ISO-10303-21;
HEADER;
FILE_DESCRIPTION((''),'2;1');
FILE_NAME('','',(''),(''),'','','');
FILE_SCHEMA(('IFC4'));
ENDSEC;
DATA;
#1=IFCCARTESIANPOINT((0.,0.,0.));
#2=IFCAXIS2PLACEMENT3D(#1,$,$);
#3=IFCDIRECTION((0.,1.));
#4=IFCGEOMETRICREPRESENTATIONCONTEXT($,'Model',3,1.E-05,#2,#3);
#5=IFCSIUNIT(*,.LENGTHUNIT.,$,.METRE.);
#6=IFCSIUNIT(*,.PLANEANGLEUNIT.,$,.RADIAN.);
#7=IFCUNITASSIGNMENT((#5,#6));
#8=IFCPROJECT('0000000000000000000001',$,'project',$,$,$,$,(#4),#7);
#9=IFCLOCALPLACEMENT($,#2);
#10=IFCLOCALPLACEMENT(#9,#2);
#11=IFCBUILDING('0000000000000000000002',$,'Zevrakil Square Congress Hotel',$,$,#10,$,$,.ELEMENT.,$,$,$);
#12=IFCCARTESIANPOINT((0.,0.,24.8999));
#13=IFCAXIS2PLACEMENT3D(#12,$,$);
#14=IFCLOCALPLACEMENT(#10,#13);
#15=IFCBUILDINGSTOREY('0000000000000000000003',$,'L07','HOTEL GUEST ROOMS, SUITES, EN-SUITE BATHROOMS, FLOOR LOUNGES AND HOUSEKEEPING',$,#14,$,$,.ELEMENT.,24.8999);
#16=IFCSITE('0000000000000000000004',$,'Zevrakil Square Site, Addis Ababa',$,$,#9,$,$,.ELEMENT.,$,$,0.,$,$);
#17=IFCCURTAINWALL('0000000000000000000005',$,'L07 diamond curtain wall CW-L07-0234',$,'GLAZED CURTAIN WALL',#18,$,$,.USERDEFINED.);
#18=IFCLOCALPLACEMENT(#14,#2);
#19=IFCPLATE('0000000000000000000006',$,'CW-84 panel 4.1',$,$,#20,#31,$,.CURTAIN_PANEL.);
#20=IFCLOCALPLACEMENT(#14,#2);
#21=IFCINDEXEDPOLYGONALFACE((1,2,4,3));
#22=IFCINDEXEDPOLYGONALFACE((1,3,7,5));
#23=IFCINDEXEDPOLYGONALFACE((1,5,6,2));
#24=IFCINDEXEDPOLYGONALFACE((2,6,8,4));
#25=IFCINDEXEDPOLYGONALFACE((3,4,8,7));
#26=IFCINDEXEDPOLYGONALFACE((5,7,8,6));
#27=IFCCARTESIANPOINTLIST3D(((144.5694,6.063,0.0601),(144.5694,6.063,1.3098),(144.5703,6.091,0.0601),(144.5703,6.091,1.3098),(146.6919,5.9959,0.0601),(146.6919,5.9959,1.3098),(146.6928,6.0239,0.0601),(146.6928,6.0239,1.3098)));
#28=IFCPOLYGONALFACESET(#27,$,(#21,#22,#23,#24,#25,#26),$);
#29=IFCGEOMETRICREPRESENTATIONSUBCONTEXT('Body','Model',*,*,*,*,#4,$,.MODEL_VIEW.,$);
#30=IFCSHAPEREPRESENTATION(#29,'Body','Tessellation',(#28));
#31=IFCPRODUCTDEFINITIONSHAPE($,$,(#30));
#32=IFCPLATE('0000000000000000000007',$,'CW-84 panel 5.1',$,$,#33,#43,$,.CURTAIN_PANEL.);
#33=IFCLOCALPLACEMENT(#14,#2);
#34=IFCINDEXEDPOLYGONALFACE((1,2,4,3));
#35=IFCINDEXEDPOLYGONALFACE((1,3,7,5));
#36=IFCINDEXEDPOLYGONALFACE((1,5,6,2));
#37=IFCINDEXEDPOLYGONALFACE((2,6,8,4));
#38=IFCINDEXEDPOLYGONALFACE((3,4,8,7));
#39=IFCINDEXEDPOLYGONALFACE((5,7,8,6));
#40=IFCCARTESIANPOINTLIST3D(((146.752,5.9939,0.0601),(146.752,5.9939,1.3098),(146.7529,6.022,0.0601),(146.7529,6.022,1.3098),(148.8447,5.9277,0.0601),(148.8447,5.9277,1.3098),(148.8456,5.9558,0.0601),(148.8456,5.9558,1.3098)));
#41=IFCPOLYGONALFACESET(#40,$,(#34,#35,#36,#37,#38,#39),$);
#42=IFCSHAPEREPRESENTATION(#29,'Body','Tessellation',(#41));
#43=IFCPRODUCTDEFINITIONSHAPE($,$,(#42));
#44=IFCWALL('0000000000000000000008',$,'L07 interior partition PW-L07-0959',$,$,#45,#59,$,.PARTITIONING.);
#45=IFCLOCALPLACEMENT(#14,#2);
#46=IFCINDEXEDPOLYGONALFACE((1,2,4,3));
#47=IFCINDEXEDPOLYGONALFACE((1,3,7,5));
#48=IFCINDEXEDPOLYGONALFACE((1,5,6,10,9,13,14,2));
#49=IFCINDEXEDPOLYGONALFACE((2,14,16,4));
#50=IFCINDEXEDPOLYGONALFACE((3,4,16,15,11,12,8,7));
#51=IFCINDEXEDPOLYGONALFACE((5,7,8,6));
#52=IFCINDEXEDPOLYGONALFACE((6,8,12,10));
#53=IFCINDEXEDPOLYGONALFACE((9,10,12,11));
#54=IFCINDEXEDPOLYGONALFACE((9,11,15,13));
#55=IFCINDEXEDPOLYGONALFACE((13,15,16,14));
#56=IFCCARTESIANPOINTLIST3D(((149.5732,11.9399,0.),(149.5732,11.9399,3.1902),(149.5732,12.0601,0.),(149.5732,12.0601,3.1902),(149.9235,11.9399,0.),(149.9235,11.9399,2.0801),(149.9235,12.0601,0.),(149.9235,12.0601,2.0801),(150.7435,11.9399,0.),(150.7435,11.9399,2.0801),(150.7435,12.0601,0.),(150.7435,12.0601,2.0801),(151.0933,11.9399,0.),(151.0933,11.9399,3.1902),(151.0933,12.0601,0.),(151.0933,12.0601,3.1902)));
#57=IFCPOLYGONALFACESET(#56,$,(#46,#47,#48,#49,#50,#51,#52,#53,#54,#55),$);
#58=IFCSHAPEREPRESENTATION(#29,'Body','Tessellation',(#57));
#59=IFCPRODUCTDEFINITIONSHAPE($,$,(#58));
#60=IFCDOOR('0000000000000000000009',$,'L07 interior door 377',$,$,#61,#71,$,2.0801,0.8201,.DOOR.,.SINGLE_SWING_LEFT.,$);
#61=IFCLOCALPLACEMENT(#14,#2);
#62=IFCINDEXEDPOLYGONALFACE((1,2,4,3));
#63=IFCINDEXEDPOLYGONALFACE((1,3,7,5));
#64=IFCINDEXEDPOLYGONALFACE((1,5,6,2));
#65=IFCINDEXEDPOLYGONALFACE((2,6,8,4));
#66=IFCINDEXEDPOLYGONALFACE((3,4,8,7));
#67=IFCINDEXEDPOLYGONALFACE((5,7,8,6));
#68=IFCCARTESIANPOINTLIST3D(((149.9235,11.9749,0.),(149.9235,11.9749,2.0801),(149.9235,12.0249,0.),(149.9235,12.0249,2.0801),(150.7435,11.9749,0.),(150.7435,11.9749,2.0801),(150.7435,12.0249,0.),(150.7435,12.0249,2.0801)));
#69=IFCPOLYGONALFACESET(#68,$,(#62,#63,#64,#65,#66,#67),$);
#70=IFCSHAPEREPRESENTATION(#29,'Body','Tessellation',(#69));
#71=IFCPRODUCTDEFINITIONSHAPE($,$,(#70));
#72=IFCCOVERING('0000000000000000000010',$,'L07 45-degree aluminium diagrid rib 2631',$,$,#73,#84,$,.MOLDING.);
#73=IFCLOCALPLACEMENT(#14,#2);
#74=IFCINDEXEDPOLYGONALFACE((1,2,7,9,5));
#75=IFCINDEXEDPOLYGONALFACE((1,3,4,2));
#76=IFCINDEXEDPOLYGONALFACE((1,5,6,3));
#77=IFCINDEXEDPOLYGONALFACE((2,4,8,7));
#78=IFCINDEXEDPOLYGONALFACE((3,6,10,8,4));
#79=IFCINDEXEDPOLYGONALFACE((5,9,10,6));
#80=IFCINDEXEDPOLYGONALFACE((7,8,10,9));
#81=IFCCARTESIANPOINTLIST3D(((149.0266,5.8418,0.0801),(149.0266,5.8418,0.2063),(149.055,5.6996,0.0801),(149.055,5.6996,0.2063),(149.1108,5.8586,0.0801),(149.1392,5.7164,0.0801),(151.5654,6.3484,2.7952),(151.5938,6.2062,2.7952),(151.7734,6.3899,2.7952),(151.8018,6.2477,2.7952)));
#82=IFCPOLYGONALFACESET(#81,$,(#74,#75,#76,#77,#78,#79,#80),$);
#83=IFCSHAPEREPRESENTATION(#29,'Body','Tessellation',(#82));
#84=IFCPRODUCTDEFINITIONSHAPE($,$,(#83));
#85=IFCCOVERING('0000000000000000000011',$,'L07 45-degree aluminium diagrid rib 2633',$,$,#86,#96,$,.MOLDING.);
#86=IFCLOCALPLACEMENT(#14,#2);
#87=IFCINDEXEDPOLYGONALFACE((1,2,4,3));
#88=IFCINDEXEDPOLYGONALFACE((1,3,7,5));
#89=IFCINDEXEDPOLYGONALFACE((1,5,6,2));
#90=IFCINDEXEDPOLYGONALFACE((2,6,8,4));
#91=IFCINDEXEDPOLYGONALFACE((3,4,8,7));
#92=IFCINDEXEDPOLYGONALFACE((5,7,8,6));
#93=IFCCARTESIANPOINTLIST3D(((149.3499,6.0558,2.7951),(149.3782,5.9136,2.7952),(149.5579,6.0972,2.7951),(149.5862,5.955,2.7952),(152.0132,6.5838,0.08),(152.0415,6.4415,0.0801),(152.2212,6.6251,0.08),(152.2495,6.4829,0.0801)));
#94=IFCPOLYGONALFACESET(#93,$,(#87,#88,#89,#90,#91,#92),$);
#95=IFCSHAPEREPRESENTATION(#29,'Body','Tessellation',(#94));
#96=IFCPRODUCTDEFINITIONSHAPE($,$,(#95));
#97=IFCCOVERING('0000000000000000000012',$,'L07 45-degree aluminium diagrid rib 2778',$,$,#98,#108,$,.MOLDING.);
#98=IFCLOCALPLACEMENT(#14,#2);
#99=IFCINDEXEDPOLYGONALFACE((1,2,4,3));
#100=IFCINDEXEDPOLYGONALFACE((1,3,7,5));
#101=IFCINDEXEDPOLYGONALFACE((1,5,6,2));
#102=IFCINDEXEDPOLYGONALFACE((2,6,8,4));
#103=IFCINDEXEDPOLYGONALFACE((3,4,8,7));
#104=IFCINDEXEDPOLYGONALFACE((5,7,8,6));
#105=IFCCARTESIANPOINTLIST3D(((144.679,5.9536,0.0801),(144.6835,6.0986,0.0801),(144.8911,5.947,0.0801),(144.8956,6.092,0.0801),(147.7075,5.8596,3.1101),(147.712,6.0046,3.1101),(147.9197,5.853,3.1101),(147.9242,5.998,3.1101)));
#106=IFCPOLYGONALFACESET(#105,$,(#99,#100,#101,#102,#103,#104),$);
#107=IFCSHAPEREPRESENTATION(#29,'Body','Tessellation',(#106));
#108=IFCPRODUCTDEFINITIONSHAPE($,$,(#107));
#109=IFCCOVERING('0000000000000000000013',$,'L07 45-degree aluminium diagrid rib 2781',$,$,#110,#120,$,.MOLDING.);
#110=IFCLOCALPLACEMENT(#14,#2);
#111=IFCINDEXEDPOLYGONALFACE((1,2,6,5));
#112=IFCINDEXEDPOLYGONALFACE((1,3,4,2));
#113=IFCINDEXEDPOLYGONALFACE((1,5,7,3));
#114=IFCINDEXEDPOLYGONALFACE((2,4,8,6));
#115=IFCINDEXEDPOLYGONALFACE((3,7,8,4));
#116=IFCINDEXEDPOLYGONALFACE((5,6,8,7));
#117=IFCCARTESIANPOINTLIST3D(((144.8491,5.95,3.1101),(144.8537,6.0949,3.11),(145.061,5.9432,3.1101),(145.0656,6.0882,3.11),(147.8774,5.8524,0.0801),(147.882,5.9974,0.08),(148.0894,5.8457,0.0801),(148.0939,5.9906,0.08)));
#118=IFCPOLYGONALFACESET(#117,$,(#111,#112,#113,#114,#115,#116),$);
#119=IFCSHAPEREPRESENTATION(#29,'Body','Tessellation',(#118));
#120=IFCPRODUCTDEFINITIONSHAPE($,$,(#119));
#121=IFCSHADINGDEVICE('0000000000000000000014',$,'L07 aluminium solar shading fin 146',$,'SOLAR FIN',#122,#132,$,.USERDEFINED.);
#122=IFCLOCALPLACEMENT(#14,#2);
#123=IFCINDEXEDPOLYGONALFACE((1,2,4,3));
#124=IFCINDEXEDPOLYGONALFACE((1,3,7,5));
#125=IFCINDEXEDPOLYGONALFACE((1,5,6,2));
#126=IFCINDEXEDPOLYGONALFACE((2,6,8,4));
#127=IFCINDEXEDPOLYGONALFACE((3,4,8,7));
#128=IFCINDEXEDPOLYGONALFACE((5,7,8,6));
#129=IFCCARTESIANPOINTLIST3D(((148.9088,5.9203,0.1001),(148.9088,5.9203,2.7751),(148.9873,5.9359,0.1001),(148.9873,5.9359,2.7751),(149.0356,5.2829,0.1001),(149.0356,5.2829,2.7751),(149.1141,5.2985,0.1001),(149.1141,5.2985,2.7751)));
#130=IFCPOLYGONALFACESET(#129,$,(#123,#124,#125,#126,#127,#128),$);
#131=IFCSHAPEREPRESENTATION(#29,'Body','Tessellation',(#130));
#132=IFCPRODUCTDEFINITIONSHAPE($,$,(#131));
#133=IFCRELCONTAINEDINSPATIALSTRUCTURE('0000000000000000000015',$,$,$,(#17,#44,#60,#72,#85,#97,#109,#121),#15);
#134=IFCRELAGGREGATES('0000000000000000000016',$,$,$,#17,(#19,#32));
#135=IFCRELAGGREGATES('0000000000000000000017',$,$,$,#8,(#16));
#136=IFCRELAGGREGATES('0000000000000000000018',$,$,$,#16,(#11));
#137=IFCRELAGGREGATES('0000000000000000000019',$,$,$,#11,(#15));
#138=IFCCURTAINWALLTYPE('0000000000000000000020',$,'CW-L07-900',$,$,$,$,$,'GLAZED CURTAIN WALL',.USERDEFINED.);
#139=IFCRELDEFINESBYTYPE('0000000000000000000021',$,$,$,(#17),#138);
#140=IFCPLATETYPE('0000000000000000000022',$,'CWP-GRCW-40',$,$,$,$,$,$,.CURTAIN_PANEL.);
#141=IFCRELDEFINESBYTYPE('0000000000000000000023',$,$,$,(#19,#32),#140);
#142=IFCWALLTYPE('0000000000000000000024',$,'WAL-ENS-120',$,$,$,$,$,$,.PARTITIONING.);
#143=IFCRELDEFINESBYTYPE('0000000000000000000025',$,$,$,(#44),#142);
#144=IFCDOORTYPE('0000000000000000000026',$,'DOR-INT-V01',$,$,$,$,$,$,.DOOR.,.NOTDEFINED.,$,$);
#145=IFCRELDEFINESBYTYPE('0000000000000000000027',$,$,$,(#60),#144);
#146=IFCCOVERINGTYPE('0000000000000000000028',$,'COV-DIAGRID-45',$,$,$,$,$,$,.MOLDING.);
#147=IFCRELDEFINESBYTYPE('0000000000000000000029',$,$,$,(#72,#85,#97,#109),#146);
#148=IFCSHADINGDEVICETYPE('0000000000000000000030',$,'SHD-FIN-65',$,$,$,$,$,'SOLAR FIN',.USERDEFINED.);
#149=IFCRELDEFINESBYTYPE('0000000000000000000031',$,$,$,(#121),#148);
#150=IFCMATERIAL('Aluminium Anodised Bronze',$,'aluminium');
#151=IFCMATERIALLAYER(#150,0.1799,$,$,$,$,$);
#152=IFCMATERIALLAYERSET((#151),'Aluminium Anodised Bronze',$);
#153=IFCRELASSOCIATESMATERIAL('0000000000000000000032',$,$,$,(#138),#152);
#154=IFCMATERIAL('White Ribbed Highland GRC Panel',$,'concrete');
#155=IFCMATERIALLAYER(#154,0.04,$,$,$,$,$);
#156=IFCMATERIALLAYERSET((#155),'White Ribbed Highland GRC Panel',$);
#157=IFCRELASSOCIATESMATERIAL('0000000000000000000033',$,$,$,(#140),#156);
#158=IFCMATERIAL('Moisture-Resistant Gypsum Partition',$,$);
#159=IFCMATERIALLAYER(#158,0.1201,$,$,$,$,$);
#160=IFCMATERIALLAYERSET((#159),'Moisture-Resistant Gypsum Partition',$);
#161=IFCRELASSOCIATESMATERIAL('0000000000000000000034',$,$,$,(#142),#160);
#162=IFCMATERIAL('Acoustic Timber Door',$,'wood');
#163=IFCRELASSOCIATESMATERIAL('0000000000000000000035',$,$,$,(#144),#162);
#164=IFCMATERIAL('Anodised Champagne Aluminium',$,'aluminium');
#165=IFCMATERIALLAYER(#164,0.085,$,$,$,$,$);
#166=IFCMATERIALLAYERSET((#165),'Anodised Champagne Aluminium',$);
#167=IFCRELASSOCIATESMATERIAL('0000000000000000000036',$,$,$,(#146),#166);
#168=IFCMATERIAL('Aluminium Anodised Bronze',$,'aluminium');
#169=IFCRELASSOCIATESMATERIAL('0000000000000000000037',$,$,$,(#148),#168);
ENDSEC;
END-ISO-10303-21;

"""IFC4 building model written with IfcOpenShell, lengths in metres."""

from ifc_helpers import new_model, si_unit, direction, frame, frame_2d, origin, origin_2d, place, context, subcontext, project, spatial, polyline, rectangle, outline, extrude, material, layer, layer_set, type_object, element, fill, aggregate, save


model = new_model("IFC4")

# Units and contexts
model_context = context("Model", 3, precision=1e-05, world=origin(), true_north=direction((0.0, 1.0)))
body_context = subcontext(model_context, "Body", "Model", "MODEL_VIEW")
ifc_project = project(units=[si_unit("LENGTHUNIT", "METRE"), si_unit("PLANEANGLEUNIT", "RADIAN")], contexts=[model_context])

# Site, building, storey
site_placement = place(None, origin())
site = spatial("IfcSite", under=ifc_project, at=site_placement, Name="Zevrakil Square Site, Addis Ababa", CompositionType="ELEMENT", RefElevation=0.0)
building_placement = place(site_placement, origin())
building = spatial("IfcBuilding", under=site, at=building_placement, Name="Zevrakil Square Congress Hotel", CompositionType="ELEMENT")
storey_placement = place(building_placement, frame((0.0, 0.0, 24.8999)))
storey = spatial("IfcBuildingStorey", under=building, at=storey_placement, Name="L07", Description="HOTEL GUEST ROOMS, SUITES, EN-SUITE BATHROOMS, FLOOR LOUNGES AND HOUSEKEEPING", CompositionType="ELEMENT", Elevation=24.8999)

# Curtain wall
ifc_material_1 = material(Name="Aluminium Anodised Bronze", Category="aluminium")
ifc_layer_1 = layer(ifc_material_1, 0.1799)
ifc_layer_set_1 = layer_set([ifc_layer_1], Name="Aluminium Anodised Bronze")
curtain_wall_type_1 = type_object("IfcCurtainWallType", Name="CW-L07-900", ElementType="GLAZED CURTAIN WALL", PredefinedType="USERDEFINED", material=ifc_layer_set_1)
curtain_wall_1_placement = place(storey_placement, origin())
curtain_wall_1 = element("IfcCurtainWall", 1, at=curtain_wall_1_placement, inside=storey, type_object=curtain_wall_type_1, Name="L07 diamond curtain wall CW-L07-0234", ObjectType="GLAZED CURTAIN WALL", PredefinedType="USERDEFINED")

# Plates
ifc_material_2 = material(Name="White Ribbed Highland GRC Panel", Category="concrete")
ifc_layer_2 = layer(ifc_material_2, 0.04)
ifc_layer_set_2 = layer_set([ifc_layer_2], Name="White Ribbed Highland GRC Panel")
plate_type_1 = type_object("IfcPlateType", Name="CWP-GRCW-40", PredefinedType="CURTAIN_PANEL", material=ifc_layer_set_2)
plate_1_placement = place(storey_placement, frame((145.6311, 6.0435, 0.0601), z_axis=(0.0, 0.0, 1.0), x_axis=(0.999501, -0.031598, 0.0)))
plate_1 = element("IfcPlate", 2, at=plate_1_placement, type_object=plate_type_1, Name="CW-84 panel 4.1", PredefinedType="CURTAIN_PANEL", context=body_context, shape_type="SweptSolid", body=[
    extrude(rectangle(XDim=2.1235, YDim=0.0281, at=origin_2d()), origin(), (0.0, 0.0, 1.0), 1.2498),
])
plate_2_placement = place(storey_placement, frame((147.7988, 5.9749, 0.0601), z_axis=(0.0, 0.0, 1.0), x_axis=(0.999501, -0.031598, 0.0)))
plate_2 = element("IfcPlate", 3, at=plate_2_placement, type_object=plate_type_1, Name="CW-84 panel 5.1", PredefinedType="CURTAIN_PANEL", context=body_context, shape_type="SweptSolid", body=[
    extrude(rectangle(XDim=2.0938, YDim=0.0281, at=origin_2d()), origin(), (0.0, 0.0, 1.0), 1.2498),
])
aggregate(curtain_wall_1, [plate_1, plate_2])

# Wall, opening, door
ifc_material_3 = material(Name="Moisture-Resistant Gypsum Partition")
ifc_layer_3 = layer(ifc_material_3, 0.1201)
ifc_layer_set_3 = layer_set([ifc_layer_3], Name="Moisture-Resistant Gypsum Partition")
wall_type = type_object("IfcWallType", Name="WAL-ENS-120", PredefinedType="PARTITIONING", material=ifc_layer_set_3)
wall_placement = place(storey_placement, frame((149.5732, 12.0, 0.0), z_axis=(0.0, 0.0, 1.0), x_axis=(1.0, 0.0, 0.0)))
wall = element("IfcWall", 4, at=wall_placement, inside=storey, type_object=wall_type, Name="L07 interior partition PW-L07-0959", PredefinedType="PARTITIONING", context=body_context, shape_type="SweptSolid", body=[
    extrude(rectangle(XDim=1.52, YDim=0.1201, at=frame_2d((0.76, 0.0))), origin(), (0.0, 0.0, 1.0), 3.1902),
])
opening_placement = place(wall_placement, frame((0.3501, 0.0, 0.0)))
opening = element("IfcOpeningElement", 5, at=opening_placement, cuts=wall, PredefinedType="OPENING", context=body_context, shape_type="SweptSolid", body=[
    extrude(rectangle(XDim=0.8201, YDim=2.0801, at=frame_2d((0.4102, 1.04))), frame((0.0, 0.0701, 0.0), z_axis=(0.0, -1.0, 0.0), x_axis=(1.0, 0.0, 0.0)), (0.0, 0.0, 1.0), 0.1401),
])
ifc_material_4 = material(Name="Acoustic Timber Door", Category="wood")
door_type = type_object("IfcDoorType", Name="DOR-INT-V01", OperationType="NOTDEFINED", PredefinedType="DOOR", material=ifc_material_4)
door_placement = place(opening_placement, origin())
door = element("IfcDoor", 6, at=door_placement, inside=storey, type_object=door_type, Name="L07 interior door 377", OperationType="SINGLE_SWING_LEFT", OverallHeight=2.0801, OverallWidth=0.8201, PredefinedType="DOOR", context=body_context, shape_type="SweptSolid", body=[
    extrude(rectangle(XDim=0.8201, YDim=2.0801, at=frame_2d((0.4102, 1.04))), frame((0.0, 0.0249, 0.0), z_axis=(0.0, -1.0, 0.0), x_axis=(1.0, 0.0, 0.0)), (0.0, 0.0, 1.0), 0.05),
])
fill(opening, door)

# Coverings
ifc_material_5 = material(Name="Anodised Champagne Aluminium", Category="aluminium")
ifc_layer_4 = layer(ifc_material_5, 0.085)
ifc_layer_set_4 = layer_set([ifc_layer_4], Name="Anodised Champagne Aluminium")
covering_type = type_object("IfcCoveringType", Name="COV-DIAGRID-45", PredefinedType="MOLDING", material=ifc_layer_set_4)
covering_1_placement = place(storey_placement, frame((149.1108, 5.8586, 0.0801), z_axis=(-0.195766, 0.980651, 0.00009), x_axis=(-0.980651, -0.195766, 0.0)))
element("IfcCovering", 7, at=covering_1_placement, inside=storey, type_object=covering_type, Name="L07 45-degree aluminium diagrid rib 2631", PredefinedType="MOLDING", context=body_context, shape_type="SweptSolid", body=[
    extrude(outline(polyline([(0.0, 0.0), (0.0859, 0.0), (0.0859, 0.1262), (-2.503, 2.7151), (-2.7151, 2.7151), (0.0, 0.0)])), origin(), (0.0, 0.0, -1.0), 0.145),
])
covering_2_placement = place(storey_placement, frame((149.3782, 5.9136, 2.7952), z_axis=(0.19512, -0.980779, 0.000686), x_axis=(0.980779, 0.19512, 0.0)))
element("IfcCovering", 8, at=covering_2_placement, inside=storey, type_object=covering_type, Name="L07 45-degree aluminium diagrid rib 2633", PredefinedType="MOLDING", context=body_context, shape_type="SweptSolid", body=[
    extrude(outline(polyline([(0.0, 0.0), (0.2121, 0.0), (2.9272, -2.7151), (2.7151, -2.7151), (0.0, 0.0)])), origin(), (0.0, 0.0, -1.0), 0.145),
])
covering_3_placement = place(storey_placement, frame((144.8911, 5.947, 0.0801), z_axis=(-0.031055, -0.999518, 0.000034), x_axis=(-0.999518, 0.031055, 0.0)))
element("IfcCovering", 9, at=covering_3_placement, inside=storey, type_object=covering_type, Name="L07 45-degree aluminium diagrid rib 2778", PredefinedType="MOLDING", context=body_context, shape_type="SweptSolid", body=[
    extrude(outline(polyline([(0.0, 0.0), (0.2123, 0.0), (-2.8178, -3.03), (-3.03, -3.03), (0.0, 0.0)])), origin(), (0.0, 0.0, -1.0), 0.145),
])
covering_4_placement = place(storey_placement, frame((144.8491, 5.95, 3.1101), z_axis=(-0.031666, -0.999498, 0.000525), x_axis=(0.999499, -0.031666, 0.0)))
element("IfcCovering", 10, at=covering_4_placement, inside=storey, type_object=covering_type, Name="L07 45-degree aluminium diagrid rib 2781", PredefinedType="MOLDING", context=body_context, shape_type="SweptSolid", body=[
    extrude(outline(polyline([(0.0, 0.0), (0.212, 0.0), (3.2419, -3.03), (3.0299, -3.03), (0.0, 0.0)])), origin(), (0.0, 0.0, -1.0), 0.145),
])

# Shading device
ifc_material_6 = material(Name="Aluminium Anodised Bronze", Category="aluminium")
shading_device_type = type_object("IfcShadingDeviceType", Name="SHD-FIN-65", ElementType="SOLAR FIN", PredefinedType="USERDEFINED", material=ifc_material_6)
shading_device_placement = place(storey_placement, frame((149.0115, 5.6094, 0.1001), z_axis=(0.0, 0.0, 1.0), x_axis=(0.19509, -0.980785, 0.0)))
element("IfcShadingDevice", 11, at=shading_device_placement, inside=storey, type_object=shading_device_type, Name="L07 aluminium solar shading fin 146", ObjectType="SOLAR FIN", PredefinedType="USERDEFINED", context=body_context, shape_type="SweptSolid", body=[
    extrude(rectangle(XDim=0.6499, YDim=0.0801, at=origin_2d()), origin(), (0.0, 0.0, 1.0), 2.675),
])

save(model, "model.ifc")
